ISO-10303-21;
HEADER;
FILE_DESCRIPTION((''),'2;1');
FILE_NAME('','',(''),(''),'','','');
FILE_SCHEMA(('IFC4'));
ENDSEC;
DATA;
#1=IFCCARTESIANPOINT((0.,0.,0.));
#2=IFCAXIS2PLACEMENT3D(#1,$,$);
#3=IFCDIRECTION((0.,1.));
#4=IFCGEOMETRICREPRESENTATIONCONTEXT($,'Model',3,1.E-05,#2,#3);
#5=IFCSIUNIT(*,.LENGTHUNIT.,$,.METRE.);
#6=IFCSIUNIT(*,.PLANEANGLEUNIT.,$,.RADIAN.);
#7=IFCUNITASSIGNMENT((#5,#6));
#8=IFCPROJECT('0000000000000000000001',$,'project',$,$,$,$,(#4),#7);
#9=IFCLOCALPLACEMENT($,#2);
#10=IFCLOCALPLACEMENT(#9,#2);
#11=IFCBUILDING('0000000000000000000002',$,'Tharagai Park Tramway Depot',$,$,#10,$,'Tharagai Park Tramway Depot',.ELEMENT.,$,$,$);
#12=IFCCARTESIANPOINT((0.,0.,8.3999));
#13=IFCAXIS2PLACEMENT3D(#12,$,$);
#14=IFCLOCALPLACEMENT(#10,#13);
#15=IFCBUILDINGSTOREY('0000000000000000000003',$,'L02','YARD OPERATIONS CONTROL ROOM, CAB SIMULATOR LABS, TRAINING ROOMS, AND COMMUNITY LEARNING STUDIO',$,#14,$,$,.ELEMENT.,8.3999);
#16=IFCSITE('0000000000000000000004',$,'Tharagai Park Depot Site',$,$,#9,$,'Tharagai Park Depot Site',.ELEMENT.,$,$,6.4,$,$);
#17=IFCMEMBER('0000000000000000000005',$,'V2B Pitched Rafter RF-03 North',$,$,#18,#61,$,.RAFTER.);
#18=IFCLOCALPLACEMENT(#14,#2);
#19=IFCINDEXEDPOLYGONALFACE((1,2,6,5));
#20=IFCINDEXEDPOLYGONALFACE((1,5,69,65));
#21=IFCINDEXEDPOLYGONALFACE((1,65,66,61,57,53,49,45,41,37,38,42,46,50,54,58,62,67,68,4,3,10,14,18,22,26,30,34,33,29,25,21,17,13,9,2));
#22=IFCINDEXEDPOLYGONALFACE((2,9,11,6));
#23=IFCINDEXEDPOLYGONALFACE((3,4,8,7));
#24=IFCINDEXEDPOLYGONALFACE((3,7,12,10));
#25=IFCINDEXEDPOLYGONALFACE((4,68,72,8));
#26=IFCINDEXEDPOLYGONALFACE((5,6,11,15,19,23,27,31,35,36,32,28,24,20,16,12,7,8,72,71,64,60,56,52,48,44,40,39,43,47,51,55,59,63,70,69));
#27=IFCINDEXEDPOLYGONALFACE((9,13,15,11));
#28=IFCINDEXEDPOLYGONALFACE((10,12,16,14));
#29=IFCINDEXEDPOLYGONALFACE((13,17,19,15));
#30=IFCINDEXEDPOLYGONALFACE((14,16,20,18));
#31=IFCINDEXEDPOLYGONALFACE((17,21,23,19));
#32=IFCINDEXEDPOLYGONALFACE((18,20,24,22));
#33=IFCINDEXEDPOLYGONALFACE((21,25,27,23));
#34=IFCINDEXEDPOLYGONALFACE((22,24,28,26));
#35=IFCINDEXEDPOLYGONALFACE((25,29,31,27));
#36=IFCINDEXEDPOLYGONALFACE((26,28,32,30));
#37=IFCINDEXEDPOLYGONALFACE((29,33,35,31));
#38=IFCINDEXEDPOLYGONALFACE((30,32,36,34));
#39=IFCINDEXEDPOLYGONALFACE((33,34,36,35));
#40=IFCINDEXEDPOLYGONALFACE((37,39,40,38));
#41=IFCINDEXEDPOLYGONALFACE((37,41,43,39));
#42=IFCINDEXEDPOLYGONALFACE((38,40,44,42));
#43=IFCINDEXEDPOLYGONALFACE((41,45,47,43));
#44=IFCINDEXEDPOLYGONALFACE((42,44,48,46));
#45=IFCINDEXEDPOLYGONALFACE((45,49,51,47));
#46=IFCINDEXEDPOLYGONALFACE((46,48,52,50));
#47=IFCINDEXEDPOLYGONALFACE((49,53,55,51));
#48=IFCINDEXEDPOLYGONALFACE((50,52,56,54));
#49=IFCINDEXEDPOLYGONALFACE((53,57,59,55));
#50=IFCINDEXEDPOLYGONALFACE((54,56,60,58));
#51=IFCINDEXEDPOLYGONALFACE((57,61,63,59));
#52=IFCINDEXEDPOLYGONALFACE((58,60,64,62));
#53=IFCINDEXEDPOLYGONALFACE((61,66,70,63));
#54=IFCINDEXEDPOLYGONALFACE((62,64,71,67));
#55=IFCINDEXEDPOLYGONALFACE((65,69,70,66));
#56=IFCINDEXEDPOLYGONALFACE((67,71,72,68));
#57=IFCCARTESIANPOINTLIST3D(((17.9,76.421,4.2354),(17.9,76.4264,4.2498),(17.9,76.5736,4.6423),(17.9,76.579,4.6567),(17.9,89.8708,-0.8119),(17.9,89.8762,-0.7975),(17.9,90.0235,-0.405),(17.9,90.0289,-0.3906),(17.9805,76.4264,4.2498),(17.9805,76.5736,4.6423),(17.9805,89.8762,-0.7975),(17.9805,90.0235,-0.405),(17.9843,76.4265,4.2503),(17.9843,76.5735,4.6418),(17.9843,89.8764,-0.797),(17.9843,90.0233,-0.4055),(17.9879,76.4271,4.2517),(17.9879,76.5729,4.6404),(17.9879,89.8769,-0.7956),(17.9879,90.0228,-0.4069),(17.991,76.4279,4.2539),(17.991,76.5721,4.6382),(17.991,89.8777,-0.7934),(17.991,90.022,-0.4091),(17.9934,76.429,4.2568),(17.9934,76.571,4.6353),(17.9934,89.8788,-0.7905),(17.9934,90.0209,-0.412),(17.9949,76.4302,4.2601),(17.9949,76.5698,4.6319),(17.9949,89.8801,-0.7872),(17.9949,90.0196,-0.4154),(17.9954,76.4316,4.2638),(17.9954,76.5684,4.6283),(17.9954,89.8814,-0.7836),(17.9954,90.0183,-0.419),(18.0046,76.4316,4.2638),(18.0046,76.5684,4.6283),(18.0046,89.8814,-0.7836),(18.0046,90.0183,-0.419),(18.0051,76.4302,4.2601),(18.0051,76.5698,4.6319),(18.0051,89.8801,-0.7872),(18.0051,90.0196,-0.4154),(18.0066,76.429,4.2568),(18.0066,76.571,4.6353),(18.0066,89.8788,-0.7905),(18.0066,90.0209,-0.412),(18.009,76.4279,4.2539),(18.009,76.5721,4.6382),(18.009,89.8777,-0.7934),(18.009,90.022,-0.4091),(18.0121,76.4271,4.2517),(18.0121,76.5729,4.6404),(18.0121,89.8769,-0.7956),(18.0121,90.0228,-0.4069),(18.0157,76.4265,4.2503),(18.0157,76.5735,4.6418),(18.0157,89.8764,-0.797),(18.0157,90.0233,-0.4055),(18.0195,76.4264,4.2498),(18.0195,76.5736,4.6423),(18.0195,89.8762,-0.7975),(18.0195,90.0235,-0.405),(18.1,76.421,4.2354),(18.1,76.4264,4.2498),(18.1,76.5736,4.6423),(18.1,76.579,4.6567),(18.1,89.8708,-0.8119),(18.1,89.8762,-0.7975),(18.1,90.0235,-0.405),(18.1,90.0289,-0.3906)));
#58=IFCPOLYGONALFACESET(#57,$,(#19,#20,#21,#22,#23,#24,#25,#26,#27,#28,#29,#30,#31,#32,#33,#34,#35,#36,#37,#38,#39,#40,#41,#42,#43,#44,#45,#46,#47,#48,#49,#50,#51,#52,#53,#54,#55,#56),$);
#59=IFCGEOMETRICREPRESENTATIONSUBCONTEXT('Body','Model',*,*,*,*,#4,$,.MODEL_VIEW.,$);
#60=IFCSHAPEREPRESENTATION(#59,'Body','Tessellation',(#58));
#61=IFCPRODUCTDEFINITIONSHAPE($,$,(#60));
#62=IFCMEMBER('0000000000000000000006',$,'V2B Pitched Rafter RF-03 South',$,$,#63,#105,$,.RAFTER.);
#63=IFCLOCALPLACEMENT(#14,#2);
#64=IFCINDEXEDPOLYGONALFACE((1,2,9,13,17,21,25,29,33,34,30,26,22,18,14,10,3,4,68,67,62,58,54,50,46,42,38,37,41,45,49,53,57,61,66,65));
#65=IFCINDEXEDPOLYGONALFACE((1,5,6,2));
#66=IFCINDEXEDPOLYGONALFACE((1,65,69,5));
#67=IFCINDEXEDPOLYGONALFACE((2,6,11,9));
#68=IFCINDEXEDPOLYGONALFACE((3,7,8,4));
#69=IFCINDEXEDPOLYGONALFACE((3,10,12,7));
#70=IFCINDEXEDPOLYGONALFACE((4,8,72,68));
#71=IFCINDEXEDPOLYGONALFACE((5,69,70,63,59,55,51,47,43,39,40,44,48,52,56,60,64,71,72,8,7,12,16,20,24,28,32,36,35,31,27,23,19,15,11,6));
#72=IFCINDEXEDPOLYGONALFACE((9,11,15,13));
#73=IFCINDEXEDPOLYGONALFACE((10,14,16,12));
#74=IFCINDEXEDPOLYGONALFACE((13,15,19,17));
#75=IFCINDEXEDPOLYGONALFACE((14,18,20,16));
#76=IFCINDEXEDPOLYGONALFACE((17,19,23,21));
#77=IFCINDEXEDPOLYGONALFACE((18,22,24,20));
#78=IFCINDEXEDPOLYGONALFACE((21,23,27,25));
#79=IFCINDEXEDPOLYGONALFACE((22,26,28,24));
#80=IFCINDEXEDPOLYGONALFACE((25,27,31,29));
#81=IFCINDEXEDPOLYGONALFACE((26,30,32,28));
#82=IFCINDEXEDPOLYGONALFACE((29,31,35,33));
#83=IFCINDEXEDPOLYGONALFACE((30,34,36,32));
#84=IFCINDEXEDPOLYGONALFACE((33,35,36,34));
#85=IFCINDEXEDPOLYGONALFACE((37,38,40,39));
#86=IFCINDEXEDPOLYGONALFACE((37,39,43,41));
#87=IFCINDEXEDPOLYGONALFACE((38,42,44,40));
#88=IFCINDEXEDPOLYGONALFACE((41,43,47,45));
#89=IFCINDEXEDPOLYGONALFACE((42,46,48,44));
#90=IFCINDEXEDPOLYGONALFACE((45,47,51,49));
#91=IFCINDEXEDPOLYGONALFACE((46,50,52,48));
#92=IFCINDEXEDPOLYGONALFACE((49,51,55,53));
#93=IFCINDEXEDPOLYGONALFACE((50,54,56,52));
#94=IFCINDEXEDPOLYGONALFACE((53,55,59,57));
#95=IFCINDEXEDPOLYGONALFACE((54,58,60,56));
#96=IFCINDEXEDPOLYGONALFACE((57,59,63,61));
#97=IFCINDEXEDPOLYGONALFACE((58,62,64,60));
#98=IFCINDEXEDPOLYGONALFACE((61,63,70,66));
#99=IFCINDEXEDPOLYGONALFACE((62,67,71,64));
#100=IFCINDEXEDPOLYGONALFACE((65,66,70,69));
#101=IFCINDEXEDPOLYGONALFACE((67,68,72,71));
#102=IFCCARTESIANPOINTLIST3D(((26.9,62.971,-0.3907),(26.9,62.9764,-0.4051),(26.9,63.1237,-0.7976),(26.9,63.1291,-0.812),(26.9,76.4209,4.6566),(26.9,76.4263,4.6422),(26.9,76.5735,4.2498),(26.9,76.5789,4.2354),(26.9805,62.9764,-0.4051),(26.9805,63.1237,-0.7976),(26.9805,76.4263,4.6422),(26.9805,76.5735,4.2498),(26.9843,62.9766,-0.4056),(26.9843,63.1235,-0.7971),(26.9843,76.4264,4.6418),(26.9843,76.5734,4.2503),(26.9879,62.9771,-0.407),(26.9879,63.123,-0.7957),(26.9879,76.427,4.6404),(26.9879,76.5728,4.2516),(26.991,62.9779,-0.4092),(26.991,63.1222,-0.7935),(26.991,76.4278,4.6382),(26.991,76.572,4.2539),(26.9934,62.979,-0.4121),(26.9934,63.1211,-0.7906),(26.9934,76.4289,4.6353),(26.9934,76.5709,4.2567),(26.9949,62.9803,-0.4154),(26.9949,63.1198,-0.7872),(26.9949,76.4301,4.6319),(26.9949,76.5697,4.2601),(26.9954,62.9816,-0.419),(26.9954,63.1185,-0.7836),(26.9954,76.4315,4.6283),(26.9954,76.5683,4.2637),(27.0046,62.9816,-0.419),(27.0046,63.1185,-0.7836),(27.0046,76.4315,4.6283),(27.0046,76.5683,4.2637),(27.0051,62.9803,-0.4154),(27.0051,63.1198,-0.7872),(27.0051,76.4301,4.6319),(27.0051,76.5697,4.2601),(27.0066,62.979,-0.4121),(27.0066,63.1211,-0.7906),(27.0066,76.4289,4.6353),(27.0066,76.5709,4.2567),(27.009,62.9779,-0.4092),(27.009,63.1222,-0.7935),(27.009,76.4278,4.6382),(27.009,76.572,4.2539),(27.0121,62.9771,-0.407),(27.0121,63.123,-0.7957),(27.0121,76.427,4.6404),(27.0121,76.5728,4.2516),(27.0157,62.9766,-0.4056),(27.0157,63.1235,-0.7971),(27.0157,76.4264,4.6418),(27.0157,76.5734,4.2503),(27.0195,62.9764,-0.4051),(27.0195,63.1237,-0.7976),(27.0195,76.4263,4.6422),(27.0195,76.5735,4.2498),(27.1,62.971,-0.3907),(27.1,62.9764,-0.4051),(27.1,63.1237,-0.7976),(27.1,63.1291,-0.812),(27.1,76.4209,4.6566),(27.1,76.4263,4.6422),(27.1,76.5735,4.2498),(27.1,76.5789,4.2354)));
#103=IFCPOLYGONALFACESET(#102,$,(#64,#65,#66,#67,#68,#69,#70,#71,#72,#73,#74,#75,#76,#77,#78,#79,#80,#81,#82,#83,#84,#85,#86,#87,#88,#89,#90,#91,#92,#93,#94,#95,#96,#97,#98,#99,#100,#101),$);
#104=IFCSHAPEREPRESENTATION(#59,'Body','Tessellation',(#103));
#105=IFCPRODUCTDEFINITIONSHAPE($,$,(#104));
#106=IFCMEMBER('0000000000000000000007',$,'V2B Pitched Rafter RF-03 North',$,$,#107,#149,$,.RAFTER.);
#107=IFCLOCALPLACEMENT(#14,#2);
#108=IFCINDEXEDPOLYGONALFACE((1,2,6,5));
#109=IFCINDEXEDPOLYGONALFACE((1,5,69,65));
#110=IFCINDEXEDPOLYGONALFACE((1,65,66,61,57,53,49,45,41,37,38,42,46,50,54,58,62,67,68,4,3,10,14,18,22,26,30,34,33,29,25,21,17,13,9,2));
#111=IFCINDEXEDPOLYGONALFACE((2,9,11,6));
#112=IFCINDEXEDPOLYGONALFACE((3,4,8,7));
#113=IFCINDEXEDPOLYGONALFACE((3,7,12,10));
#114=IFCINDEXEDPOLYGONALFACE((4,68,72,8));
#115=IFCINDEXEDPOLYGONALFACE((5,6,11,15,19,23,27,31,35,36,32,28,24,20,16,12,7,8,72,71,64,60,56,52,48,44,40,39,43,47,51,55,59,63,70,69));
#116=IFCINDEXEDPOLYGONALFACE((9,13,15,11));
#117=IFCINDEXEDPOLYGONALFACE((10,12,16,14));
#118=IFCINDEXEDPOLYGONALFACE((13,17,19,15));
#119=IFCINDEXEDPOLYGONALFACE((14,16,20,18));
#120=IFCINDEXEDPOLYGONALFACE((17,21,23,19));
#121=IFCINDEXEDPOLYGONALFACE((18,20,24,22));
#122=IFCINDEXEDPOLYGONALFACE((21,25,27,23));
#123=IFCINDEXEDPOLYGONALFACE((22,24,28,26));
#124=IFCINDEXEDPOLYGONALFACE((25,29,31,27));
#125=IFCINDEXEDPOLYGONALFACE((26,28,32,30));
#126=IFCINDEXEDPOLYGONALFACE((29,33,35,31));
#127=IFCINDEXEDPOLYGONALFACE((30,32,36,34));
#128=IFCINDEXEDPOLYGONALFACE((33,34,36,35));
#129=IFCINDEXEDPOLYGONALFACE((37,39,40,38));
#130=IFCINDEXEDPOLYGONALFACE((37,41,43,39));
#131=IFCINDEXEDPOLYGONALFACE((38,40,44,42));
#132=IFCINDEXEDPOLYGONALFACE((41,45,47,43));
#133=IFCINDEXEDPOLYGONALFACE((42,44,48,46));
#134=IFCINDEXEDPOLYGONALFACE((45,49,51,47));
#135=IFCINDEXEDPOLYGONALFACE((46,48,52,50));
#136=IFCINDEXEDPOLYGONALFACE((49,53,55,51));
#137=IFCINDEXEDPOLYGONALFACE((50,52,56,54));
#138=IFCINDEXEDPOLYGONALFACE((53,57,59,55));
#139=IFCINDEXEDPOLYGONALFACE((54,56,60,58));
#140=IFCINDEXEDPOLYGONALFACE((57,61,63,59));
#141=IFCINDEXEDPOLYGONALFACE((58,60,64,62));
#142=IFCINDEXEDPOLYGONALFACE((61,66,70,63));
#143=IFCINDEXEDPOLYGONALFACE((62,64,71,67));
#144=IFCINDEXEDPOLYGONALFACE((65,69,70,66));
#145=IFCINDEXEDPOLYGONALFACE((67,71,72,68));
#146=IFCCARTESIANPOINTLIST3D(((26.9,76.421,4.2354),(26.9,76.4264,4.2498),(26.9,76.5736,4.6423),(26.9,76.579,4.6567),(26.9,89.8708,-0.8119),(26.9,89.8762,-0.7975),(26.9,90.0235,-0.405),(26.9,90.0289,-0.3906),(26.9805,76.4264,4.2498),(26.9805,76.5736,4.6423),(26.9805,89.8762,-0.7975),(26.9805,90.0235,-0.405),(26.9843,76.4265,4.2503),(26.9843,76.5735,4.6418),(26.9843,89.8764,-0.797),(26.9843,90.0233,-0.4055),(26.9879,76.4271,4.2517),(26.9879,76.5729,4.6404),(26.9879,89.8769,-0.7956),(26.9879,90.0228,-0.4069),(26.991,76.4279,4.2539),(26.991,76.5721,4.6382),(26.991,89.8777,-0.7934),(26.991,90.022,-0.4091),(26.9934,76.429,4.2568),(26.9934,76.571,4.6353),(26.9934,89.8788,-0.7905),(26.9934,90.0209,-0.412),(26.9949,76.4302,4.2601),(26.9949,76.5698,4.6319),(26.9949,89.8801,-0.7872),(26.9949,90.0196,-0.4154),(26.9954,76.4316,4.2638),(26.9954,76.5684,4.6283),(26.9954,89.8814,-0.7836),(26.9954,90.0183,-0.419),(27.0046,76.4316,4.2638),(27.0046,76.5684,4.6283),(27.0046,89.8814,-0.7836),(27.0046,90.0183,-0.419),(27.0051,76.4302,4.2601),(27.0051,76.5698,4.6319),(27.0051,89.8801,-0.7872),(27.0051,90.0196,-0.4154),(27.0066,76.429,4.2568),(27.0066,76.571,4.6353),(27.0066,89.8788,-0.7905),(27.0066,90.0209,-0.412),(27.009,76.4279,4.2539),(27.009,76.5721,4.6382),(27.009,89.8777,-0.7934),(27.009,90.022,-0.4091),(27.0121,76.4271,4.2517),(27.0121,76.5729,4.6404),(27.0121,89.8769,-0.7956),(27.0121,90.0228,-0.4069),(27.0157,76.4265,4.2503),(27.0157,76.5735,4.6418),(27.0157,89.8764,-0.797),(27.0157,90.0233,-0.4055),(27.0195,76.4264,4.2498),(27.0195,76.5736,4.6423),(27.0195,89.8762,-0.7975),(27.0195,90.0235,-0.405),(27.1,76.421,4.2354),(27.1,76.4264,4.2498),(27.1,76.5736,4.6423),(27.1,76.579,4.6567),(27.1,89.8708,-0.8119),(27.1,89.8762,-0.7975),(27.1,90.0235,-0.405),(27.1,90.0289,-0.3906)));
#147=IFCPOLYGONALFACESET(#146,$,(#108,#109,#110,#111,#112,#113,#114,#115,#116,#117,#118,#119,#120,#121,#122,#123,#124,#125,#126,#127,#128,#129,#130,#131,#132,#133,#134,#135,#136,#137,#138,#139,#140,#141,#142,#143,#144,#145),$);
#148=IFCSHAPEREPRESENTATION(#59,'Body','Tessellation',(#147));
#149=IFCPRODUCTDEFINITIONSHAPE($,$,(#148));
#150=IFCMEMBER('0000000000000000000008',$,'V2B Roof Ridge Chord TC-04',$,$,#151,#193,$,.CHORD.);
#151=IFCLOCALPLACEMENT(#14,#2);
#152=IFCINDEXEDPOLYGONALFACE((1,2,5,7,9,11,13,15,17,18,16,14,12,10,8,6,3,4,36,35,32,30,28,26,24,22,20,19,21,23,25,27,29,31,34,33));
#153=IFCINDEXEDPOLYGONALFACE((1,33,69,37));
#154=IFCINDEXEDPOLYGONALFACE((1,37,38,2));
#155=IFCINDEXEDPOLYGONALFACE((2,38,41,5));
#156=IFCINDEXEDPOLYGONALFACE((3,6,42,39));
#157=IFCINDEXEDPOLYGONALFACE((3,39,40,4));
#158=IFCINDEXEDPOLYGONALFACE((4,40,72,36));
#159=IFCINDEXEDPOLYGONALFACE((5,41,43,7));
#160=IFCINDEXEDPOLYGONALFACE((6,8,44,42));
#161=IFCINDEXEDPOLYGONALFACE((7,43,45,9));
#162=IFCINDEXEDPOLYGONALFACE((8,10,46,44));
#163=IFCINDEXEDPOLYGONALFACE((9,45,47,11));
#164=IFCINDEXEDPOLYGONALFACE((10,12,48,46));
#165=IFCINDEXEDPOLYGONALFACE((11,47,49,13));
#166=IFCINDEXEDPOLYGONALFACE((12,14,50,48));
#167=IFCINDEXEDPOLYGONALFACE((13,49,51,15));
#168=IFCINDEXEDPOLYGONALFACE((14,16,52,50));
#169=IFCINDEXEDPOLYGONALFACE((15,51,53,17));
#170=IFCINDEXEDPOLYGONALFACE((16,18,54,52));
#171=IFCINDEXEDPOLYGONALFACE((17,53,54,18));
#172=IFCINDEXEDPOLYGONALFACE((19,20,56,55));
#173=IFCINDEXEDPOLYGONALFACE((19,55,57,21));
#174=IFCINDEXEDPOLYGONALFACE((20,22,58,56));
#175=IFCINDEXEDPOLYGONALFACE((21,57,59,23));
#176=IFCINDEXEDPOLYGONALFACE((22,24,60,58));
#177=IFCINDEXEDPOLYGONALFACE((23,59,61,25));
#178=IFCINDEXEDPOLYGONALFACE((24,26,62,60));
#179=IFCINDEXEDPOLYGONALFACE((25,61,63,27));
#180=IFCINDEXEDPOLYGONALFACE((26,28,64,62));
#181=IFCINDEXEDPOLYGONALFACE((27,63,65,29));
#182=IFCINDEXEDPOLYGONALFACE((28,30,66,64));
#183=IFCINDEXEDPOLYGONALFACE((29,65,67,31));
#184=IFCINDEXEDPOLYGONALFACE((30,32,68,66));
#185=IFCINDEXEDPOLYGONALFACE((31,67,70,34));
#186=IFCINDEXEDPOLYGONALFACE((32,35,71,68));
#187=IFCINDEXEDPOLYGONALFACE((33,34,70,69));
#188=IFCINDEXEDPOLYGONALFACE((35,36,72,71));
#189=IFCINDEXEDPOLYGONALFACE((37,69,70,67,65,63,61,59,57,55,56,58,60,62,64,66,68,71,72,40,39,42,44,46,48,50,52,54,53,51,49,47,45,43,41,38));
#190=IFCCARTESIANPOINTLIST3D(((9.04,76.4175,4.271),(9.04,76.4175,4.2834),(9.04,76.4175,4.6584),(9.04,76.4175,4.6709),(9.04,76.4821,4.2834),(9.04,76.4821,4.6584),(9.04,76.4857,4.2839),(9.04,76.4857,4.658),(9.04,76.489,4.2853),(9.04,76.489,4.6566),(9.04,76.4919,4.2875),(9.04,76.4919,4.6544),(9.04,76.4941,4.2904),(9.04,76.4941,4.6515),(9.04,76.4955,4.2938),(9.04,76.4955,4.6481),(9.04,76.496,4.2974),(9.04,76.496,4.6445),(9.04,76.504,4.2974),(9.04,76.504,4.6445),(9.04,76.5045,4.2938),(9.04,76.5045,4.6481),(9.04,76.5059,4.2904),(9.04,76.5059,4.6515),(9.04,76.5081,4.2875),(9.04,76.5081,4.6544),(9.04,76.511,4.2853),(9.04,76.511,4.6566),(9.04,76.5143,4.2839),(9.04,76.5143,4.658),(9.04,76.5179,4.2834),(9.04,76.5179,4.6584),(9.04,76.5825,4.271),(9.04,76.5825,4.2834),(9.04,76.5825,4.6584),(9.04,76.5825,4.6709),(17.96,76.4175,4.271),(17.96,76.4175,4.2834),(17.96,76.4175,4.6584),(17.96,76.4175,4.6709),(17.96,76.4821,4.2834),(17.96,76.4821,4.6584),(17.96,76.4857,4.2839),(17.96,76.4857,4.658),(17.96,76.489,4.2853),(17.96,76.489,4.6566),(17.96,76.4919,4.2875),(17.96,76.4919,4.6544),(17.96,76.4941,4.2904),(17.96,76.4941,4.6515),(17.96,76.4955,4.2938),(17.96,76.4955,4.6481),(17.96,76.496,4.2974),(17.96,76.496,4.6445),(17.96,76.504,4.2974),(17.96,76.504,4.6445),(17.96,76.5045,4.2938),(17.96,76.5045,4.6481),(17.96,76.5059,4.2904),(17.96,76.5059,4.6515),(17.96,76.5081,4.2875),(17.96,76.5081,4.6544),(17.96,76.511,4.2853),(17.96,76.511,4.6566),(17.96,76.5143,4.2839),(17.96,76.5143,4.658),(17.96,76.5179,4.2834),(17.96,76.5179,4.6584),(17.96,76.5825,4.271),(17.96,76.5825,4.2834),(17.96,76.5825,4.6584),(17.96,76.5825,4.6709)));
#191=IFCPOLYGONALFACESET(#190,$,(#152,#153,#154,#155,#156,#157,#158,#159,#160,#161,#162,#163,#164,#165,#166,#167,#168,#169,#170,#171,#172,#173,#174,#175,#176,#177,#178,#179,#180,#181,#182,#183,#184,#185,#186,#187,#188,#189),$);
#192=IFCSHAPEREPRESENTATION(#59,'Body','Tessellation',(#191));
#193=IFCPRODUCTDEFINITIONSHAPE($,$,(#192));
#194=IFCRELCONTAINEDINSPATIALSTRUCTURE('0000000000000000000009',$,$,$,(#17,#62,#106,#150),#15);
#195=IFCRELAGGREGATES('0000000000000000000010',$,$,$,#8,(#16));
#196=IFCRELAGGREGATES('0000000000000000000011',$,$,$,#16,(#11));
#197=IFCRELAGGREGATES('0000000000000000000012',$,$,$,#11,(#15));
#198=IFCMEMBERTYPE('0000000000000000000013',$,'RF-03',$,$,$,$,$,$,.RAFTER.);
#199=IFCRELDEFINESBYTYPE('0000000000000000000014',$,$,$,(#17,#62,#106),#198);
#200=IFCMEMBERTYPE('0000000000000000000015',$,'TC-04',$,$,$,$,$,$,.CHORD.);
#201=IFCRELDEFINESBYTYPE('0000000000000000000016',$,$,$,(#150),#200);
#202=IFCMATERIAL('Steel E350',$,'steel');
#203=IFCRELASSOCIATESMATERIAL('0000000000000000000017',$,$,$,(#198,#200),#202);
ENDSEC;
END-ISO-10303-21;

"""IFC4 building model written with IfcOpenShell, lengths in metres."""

from ifc_helpers import new_model, si_unit, direction, frame, origin, origin_2d, place, context, subcontext, project, spatial, i_section, extrude, material, material_profile, profile_set, type_object, element, save


model = new_model("IFC4")

# Units and contexts
model_context = context("Model", 3, precision=1e-05, world=origin(), true_north=direction((0.0, 1.0)))
body_context = subcontext(model_context, "Body", "Model", "MODEL_VIEW")
ifc_project = project(units=[si_unit("LENGTHUNIT", "METRE"), si_unit("PLANEANGLEUNIT", "RADIAN")], contexts=[model_context])

# Site, building, storey
site_placement = place(None, origin())
site = spatial("IfcSite", under=ifc_project, at=site_placement, Name="Tharagai Park Depot Site", LongName="Tharagai Park Depot Site", CompositionType="ELEMENT", RefElevation=6.4)
building_placement = place(site_placement, origin())
building = spatial("IfcBuilding", under=site, at=building_placement, Name="Tharagai Park Tramway Depot", LongName="Tharagai Park Tramway Depot", CompositionType="ELEMENT")
storey_placement = place(building_placement, frame((0.0, 0.0, 8.3999)))
storey = spatial("IfcBuildingStorey", under=building, at=storey_placement, Name="L02", Description="YARD OPERATIONS CONTROL ROOM, CAB SIMULATOR LABS, TRAINING ROOMS, AND COMMUNITY LEARNING STUDIO", CompositionType="ELEMENT", Elevation=8.3999)

# Shared definitions
ifc_material_1 = material(Name="Steel E350", Category="steel")

# Members
ifc_material_profile_1 = material_profile(ifc_material_1, i_section(OverallWidth=0.2, OverallDepth=0.45, WebThickness=0.0093, FlangeThickness=0.0154, FilletRadius=0.0149, at=origin_2d()), Name="ISWB 450")
ifc_profile_set_1 = profile_set([ifc_material_profile_1], Name="Steel E350")
member_type_1 = type_object("IfcMemberType", Name="RF-03", PredefinedType="RAFTER", material=ifc_profile_set_1)
for number, where, z_axis, x_axis, name in (
    (1, (18.0, 76.5, 4.446), (0.0, 0.936246, -0.351345), (-1.0, 0.0, 0.0), "V2B Pitched Rafter RF-03 North"),
    (2, (27.0, 63.05, -0.6013), (0.0, 0.936246, 0.351345), (-1.0, 0.0, 0.0), "V2B Pitched Rafter RF-03 South"),
    (3, (27.0, 76.5, 4.446), (0.0, 0.936246, -0.351345), (-1.0, 0.0, 0.0), "V2B Pitched Rafter RF-03 North"),
):
    element("IfcMember", number, at=place(storey_placement, frame(where, z_axis=z_axis, x_axis=x_axis)), inside=storey, type_object=member_type_1, Name=name, PredefinedType="RAFTER", context=body_context, shape_type="SweptSolid", body=[
        extrude(i_section(OverallWidth=0.2, OverallDepth=0.45, WebThickness=0.0093, FlangeThickness=0.0154, FilletRadius=0.0149, at=origin_2d()), origin(), (0.0, 0.0, 1.0), 14.3657),
    ])
ifc_material_profile_2 = material_profile(ifc_material_1, i_section(OverallWidth=0.165, OverallDepth=0.3999, WebThickness=0.0081, FlangeThickness=0.0125, FilletRadius=0.0139, at=origin_2d()), Name="ISLB 400")
ifc_profile_set_2 = profile_set([ifc_material_profile_2], Name="Steel E350")
member_type_2 = type_object("IfcMemberType", Name="TC-04", PredefinedType="CHORD", material=ifc_profile_set_2)
for number, where, z_axis, x_axis, name in (
    (4, (9.04, 76.5, 4.4709), (1.0, 0.0, 0.0), (0.0, 1.0, 0.0), "V2B Roof Ridge Chord TC-04"),
):
    element("IfcMember", number, at=place(storey_placement, frame(where, z_axis=z_axis, x_axis=x_axis)), inside=storey, type_object=member_type_2, Name=name, PredefinedType="CHORD", context=body_context, shape_type="SweptSolid", body=[
        extrude(i_section(OverallWidth=0.165, OverallDepth=0.3999, WebThickness=0.0081, FlangeThickness=0.0125, FilletRadius=0.0139, at=origin_2d()), origin(), (0.0, 0.0, 1.0), 8.9199),
    ])

save(model, "model.ifc")
